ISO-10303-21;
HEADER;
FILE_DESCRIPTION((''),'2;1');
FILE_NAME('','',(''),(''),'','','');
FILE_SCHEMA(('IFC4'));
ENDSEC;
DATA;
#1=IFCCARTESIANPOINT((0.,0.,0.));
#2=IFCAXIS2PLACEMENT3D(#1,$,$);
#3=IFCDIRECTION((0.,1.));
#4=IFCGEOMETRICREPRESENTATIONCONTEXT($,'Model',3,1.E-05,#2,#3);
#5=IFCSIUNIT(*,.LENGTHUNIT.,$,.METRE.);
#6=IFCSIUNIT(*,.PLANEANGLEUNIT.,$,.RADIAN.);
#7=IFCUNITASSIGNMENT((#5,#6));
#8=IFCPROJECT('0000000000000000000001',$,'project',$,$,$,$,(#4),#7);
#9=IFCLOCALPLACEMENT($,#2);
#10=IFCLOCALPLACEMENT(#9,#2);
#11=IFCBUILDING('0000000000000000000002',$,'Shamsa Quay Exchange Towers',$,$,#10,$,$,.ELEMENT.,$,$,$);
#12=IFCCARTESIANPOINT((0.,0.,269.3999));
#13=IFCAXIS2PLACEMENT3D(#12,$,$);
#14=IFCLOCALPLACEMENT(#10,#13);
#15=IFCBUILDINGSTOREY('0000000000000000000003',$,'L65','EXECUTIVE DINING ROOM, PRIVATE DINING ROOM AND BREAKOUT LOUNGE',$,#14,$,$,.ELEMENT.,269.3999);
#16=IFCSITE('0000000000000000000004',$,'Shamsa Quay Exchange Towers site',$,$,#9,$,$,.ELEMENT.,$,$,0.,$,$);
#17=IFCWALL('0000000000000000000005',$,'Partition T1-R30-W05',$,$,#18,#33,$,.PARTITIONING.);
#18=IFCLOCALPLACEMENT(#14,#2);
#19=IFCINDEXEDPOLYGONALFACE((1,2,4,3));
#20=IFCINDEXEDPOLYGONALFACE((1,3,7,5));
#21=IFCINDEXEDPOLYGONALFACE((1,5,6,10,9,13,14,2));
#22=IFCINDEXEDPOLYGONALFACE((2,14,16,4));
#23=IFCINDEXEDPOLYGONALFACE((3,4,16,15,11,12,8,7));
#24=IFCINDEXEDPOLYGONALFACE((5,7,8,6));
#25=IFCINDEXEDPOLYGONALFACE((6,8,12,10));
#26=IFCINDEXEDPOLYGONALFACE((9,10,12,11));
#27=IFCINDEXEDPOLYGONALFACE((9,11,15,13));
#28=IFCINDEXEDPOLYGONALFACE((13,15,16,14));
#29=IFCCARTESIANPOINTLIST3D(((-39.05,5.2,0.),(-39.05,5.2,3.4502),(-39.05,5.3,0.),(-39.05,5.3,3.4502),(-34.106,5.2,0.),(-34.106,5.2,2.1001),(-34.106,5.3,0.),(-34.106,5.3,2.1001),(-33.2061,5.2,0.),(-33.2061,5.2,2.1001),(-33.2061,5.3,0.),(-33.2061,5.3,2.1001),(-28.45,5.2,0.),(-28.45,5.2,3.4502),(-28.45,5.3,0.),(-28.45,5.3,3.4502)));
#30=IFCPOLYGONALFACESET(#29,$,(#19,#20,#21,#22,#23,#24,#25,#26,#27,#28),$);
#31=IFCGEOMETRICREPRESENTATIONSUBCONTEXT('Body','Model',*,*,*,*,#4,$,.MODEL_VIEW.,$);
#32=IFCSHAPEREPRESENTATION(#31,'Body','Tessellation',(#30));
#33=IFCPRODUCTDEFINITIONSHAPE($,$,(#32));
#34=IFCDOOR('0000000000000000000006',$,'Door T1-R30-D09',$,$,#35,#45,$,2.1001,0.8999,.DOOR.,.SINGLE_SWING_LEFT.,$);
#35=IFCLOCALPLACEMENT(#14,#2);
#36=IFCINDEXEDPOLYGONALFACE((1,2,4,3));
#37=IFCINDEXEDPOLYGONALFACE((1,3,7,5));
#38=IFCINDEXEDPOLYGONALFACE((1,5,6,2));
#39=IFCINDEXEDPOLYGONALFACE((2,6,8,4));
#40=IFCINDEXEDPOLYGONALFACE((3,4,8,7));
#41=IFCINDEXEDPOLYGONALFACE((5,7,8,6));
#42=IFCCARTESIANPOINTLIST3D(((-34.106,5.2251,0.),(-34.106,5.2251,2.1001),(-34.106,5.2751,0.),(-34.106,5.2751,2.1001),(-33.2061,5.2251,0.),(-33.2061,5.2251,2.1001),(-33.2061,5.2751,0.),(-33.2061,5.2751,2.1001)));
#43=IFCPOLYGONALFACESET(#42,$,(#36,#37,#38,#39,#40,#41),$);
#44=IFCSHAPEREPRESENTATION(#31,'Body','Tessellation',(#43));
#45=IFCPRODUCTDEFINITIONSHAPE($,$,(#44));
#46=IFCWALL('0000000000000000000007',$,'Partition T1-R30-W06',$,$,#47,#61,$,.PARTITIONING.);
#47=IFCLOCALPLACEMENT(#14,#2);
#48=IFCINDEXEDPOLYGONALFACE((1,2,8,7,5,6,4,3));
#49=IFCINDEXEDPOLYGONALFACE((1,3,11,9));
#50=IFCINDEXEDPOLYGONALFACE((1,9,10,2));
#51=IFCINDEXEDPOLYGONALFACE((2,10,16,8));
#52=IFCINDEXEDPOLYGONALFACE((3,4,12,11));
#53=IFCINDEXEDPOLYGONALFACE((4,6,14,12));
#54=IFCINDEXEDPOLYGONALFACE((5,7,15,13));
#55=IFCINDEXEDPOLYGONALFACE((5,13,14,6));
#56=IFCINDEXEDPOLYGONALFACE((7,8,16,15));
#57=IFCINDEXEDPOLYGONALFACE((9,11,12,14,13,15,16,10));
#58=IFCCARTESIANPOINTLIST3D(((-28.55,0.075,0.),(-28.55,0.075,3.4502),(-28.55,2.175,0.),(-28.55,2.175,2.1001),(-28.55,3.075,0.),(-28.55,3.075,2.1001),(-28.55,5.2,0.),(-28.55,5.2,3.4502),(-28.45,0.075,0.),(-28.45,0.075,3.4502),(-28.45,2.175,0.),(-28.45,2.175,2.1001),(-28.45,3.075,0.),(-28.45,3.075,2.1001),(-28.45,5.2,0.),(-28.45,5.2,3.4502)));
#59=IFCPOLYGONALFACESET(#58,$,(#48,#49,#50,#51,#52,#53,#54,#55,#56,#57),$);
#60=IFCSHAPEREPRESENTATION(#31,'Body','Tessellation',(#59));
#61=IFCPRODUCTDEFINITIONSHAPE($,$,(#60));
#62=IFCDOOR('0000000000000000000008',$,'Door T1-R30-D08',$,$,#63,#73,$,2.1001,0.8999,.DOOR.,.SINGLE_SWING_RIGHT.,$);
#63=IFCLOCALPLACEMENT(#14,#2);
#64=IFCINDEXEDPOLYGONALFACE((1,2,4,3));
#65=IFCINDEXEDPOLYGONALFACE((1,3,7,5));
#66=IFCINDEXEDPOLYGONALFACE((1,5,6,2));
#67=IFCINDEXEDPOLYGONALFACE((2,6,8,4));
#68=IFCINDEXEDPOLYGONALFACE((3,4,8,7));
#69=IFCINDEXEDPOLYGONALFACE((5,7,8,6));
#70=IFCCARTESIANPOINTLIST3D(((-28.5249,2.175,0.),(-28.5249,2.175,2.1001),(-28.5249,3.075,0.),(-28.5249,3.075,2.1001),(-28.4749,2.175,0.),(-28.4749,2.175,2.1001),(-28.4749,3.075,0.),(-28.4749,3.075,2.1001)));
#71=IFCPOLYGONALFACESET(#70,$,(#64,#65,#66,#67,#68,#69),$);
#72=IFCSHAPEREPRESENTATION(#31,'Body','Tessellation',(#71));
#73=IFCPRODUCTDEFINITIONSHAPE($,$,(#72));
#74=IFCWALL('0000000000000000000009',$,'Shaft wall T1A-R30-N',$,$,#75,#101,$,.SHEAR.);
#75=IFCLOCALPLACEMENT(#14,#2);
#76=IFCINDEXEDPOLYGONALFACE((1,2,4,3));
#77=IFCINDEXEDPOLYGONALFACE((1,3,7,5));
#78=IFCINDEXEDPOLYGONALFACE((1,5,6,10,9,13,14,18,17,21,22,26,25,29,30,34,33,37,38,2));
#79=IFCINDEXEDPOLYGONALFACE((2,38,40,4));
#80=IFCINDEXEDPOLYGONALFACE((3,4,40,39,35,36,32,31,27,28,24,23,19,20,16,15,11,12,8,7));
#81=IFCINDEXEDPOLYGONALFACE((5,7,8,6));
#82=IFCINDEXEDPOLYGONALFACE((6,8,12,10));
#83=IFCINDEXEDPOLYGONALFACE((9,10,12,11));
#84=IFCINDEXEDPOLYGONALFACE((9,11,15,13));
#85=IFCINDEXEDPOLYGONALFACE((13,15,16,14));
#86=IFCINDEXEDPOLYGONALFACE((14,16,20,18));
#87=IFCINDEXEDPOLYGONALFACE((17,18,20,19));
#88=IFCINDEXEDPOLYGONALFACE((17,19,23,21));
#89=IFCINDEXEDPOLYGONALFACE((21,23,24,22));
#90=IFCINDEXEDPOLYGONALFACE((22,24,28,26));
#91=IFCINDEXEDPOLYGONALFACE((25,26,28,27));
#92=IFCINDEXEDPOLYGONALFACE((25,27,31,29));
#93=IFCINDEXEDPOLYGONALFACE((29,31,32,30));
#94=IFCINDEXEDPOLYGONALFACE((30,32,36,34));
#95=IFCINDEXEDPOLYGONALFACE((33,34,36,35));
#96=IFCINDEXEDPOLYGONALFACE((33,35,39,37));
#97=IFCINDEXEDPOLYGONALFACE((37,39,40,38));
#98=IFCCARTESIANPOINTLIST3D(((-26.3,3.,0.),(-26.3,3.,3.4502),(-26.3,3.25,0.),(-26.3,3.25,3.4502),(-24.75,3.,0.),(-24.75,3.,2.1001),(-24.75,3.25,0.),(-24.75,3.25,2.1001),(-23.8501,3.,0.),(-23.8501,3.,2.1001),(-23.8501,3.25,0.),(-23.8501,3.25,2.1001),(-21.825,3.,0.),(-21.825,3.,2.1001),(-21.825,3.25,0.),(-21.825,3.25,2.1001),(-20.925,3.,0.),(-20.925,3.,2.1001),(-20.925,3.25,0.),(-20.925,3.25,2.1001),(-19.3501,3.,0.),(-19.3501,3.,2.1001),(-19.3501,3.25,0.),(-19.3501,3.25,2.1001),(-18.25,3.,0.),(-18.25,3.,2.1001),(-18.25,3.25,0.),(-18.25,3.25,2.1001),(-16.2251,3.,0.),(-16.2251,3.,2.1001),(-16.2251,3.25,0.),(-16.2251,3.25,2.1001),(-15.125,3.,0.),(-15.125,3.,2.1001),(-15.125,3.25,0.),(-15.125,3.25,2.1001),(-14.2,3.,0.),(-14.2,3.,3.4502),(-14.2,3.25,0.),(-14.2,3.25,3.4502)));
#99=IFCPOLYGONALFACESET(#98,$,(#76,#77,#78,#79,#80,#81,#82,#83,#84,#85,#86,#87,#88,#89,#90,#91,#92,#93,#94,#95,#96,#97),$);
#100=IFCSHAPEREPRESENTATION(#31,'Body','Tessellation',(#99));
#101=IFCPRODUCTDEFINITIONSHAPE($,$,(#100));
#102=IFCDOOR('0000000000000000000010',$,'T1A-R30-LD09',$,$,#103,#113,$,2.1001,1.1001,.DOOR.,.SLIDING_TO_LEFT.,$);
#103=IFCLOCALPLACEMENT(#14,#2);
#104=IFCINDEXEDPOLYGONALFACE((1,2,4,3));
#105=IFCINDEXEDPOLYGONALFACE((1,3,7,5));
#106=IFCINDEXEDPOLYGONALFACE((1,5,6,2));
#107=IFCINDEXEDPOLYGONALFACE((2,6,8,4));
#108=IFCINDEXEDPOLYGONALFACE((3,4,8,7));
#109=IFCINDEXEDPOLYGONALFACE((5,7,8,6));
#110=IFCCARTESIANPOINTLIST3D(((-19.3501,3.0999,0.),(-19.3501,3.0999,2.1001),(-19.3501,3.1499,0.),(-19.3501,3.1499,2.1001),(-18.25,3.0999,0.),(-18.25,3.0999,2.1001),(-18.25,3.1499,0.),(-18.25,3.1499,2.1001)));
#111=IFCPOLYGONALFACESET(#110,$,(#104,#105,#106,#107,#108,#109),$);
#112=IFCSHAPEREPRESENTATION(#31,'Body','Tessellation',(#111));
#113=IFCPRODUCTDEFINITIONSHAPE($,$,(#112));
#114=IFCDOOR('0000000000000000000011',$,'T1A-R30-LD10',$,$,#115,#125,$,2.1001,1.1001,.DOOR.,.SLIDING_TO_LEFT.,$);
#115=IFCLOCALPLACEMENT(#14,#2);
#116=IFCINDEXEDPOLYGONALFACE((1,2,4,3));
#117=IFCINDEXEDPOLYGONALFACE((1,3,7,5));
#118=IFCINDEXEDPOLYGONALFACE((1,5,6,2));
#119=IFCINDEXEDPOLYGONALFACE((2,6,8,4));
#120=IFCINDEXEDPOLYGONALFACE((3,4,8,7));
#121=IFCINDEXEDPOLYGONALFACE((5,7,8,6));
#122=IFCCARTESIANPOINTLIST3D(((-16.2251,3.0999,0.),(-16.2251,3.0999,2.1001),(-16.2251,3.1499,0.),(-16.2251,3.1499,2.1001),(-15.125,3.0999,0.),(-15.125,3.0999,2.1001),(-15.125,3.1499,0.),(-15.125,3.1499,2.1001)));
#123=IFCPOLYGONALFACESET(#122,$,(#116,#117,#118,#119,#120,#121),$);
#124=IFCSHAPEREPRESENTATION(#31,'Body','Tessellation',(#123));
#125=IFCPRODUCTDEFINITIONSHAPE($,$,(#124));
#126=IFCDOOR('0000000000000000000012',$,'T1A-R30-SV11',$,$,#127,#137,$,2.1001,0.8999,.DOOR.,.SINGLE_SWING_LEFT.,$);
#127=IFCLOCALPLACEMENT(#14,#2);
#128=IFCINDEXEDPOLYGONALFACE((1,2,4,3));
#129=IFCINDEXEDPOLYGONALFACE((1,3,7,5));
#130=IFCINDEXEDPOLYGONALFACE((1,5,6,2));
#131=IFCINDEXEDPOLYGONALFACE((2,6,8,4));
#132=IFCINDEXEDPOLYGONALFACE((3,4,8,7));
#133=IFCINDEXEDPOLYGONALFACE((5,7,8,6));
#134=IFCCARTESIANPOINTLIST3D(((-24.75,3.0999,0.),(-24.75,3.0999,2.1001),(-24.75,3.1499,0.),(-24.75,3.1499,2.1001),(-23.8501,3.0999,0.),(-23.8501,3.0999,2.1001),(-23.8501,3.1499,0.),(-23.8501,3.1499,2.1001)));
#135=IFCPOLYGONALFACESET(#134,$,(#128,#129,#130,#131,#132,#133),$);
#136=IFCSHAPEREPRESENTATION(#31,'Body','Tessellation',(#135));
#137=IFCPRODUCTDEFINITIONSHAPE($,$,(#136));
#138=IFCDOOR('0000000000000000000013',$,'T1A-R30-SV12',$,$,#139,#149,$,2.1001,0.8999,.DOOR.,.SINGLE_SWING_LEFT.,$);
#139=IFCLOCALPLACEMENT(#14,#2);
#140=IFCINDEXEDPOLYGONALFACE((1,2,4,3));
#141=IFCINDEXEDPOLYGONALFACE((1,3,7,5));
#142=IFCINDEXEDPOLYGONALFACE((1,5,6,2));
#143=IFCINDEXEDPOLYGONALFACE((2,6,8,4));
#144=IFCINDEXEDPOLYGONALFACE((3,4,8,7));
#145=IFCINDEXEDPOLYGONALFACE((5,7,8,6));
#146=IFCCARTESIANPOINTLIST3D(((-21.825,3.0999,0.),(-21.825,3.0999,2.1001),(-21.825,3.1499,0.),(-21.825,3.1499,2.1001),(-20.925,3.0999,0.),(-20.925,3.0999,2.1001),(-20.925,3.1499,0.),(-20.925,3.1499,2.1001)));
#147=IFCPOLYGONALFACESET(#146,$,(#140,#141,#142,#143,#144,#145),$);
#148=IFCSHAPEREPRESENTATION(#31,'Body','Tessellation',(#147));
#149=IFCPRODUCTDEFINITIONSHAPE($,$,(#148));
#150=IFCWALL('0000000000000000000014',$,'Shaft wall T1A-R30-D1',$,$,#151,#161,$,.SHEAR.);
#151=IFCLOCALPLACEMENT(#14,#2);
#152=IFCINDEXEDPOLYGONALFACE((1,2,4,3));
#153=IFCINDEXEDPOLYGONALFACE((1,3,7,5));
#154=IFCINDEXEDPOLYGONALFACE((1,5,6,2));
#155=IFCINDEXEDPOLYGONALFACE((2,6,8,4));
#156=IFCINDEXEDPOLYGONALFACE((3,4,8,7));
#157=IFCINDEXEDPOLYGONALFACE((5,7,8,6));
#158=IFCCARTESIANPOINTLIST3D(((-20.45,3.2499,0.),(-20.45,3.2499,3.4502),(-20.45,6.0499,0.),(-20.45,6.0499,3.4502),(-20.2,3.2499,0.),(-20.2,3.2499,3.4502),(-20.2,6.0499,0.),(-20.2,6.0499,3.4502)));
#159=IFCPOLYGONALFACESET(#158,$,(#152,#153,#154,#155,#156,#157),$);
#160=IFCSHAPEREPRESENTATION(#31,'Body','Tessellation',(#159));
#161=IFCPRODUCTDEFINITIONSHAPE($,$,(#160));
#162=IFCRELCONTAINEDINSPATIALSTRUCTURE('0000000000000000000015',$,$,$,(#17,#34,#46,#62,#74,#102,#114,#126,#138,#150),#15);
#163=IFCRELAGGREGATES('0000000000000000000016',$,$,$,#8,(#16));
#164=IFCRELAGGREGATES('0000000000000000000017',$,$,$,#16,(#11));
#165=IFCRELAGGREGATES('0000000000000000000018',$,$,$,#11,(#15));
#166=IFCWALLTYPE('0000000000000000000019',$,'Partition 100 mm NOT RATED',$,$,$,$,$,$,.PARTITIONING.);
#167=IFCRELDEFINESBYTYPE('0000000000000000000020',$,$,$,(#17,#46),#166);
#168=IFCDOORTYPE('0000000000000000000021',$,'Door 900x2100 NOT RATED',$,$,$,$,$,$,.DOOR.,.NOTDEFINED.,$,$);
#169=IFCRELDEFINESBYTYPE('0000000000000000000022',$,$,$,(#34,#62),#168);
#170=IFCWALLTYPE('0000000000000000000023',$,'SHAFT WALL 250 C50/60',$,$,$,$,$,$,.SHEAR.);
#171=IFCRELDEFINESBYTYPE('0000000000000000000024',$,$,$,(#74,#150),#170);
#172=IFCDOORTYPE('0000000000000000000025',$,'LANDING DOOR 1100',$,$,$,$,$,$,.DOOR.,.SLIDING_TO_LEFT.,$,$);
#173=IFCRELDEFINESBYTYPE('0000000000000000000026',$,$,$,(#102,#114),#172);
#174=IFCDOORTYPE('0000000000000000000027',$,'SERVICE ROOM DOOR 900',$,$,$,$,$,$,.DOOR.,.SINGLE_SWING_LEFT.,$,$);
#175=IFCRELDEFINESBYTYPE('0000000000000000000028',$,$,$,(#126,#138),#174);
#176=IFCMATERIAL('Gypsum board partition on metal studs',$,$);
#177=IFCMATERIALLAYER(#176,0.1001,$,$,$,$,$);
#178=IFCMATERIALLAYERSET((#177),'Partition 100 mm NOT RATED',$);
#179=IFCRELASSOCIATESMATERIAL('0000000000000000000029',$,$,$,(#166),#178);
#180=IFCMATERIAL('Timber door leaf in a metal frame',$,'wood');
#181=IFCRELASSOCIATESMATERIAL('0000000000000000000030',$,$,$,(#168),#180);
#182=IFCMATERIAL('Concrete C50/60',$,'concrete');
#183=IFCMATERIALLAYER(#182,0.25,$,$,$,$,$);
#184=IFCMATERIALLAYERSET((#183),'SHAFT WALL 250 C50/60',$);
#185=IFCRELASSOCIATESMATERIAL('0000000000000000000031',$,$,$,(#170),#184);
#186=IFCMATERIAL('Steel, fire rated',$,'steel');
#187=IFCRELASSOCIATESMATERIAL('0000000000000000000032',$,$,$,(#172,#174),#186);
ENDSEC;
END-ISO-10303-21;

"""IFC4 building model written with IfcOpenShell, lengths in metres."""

from ifc_helpers import new_model, si_unit, direction, frame, frame_2d, origin, place, context, subcontext, project, spatial, rectangle, extrude, material, layer, layer_set, type_object, element, fill, save


model = new_model("IFC4")

# Units and contexts
model_context = context("Model", 3, precision=1e-05, world=origin(), true_north=direction((0.0, 1.0)))
body_context = subcontext(model_context, "Body", "Model", "MODEL_VIEW")
ifc_project = project(units=[si_unit("LENGTHUNIT", "METRE"), si_unit("PLANEANGLEUNIT", "RADIAN")], contexts=[model_context])

# Site, building, storey
site_placement = place(None, origin())
site = spatial("IfcSite", under=ifc_project, at=site_placement, Name="Shamsa Quay Exchange Towers site", CompositionType="ELEMENT", RefElevation=0.0)
building_placement = place(site_placement, origin())
building = spatial("IfcBuilding", under=site, at=building_placement, Name="Shamsa Quay Exchange Towers", CompositionType="ELEMENT")
storey_placement = place(building_placement, frame((0.0, 0.0, 269.3999)))
storey = spatial("IfcBuildingStorey", under=building, at=storey_placement, Name="L65", Description="EXECUTIVE DINING ROOM, PRIVATE DINING ROOM AND BREAKOUT LOUNGE", CompositionType="ELEMENT", Elevation=269.3999)

# Shared definitions
ifc_material_1 = material(Name="Steel, fire rated", Category="steel")

# Walls, openings, doors
ifc_material_2 = material(Name="Gypsum board partition on metal studs")
ifc_layer_1 = layer(ifc_material_2, 0.1001)
ifc_layer_set_1 = layer_set([ifc_layer_1], Name="Partition 100 mm NOT RATED")
wall_type_1 = type_object("IfcWallType", Name="Partition 100 mm NOT RATED", PredefinedType="PARTITIONING", material=ifc_layer_set_1)
wall_1_placement = place(storey_placement, frame((-28.45, 5.25, 0.0), z_axis=(0.0, 0.0, 1.0), x_axis=(-1.0, 0.0, 0.0)))
wall_1 = element("IfcWall", 1, at=wall_1_placement, inside=storey, type_object=wall_type_1, Name="Partition T1-R30-W05", PredefinedType="PARTITIONING", context=body_context, shape_type="SweptSolid", body=[
    extrude(rectangle(XDim=10.6001, YDim=0.1001, at=frame_2d((5.3, 0.0))), origin(), (0.0, 0.0, 1.0), 3.4502),
])
opening_1_placement = place(wall_1_placement, frame((4.7561, 0.0, 0.0)))
opening_1 = element("IfcOpeningElement", 2, at=opening_1_placement, cuts=wall_1, PredefinedType="OPENING", context=body_context, shape_type="SweptSolid", body=[
    extrude(rectangle(XDim=0.8999, YDim=2.1001, at=frame_2d((0.45, 1.05))), frame((0.0, 0.0601, 0.0), z_axis=(0.0, -1.0, 0.0), x_axis=(1.0, 0.0, 0.0)), (0.0, 0.0, 1.0), 0.1201),
])
ifc_material_3 = material(Name="Timber door leaf in a metal frame", Category="wood")
door_type_1 = type_object("IfcDoorType", Name="Door 900x2100 NOT RATED", OperationType="NOTDEFINED", PredefinedType="DOOR", material=ifc_material_3)
door_1_placement = place(opening_1_placement, origin())
door_1 = element("IfcDoor", 3, at=door_1_placement, inside=storey, type_object=door_type_1, Name="Door T1-R30-D09", OperationType="SINGLE_SWING_LEFT", OverallHeight=2.1001, OverallWidth=0.8999, PredefinedType="DOOR", context=body_context, shape_type="SweptSolid", body=[
    extrude(rectangle(XDim=0.8999, YDim=2.1001, at=frame_2d((0.45, 1.05))), frame((0.0, 0.0249, 0.0), z_axis=(0.0, -1.0, 0.0), x_axis=(1.0, 0.0, 0.0)), (0.0, 0.0, 1.0), 0.05),
])
fill(opening_1, door_1)
wall_2_placement = place(storey_placement, frame((-28.5, 0.075, 0.0), z_axis=(0.0, 0.0, 1.0), x_axis=(0.0, 1.0, 0.0)))
wall_2 = element("IfcWall", 4, at=wall_2_placement, inside=storey, type_object=wall_type_1, Name="Partition T1-R30-W06", PredefinedType="PARTITIONING", context=body_context, shape_type="SweptSolid", body=[
    extrude(rectangle(XDim=5.125, YDim=0.1001, at=frame_2d((2.5625, 0.0))), origin(), (0.0, 0.0, 1.0), 3.4502),
])
opening_2_placement = place(wall_2_placement, frame((2.1001, 0.0, 0.0)))
opening_2 = element("IfcOpeningElement", 5, at=opening_2_placement, cuts=wall_2, PredefinedType="OPENING", context=body_context, shape_type="SweptSolid", body=[
    extrude(rectangle(XDim=0.8999, YDim=2.1001, at=frame_2d((0.45, 1.05))), frame((0.0, 0.0601, 0.0), z_axis=(0.0, -1.0, 0.0), x_axis=(1.0, 0.0, 0.0)), (0.0, 0.0, 1.0), 0.1201),
])
door_2_placement = place(opening_2_placement, origin())
door_2 = element("IfcDoor", 6, at=door_2_placement, inside=storey, type_object=door_type_1, Name="Door T1-R30-D08", OperationType="SINGLE_SWING_RIGHT", OverallHeight=2.1001, OverallWidth=0.8999, PredefinedType="DOOR", context=body_context, shape_type="SweptSolid", body=[
    extrude(rectangle(XDim=0.8999, YDim=2.1001, at=frame_2d((0.45, 1.05))), frame((0.0, 0.0249, 0.0), z_axis=(0.0, -1.0, 0.0), x_axis=(1.0, 0.0, 0.0)), (0.0, 0.0, 1.0), 0.05),
])
fill(opening_2, door_2)

# Wall, openings, doors
ifc_material_4 = material(Name="Concrete C50/60", Category="concrete")
ifc_layer_2 = layer(ifc_material_4, 0.25)
ifc_layer_set_2 = layer_set([ifc_layer_2], Name="SHAFT WALL 250 C50/60")
wall_type_2 = type_object("IfcWallType", Name="SHAFT WALL 250 C50/60", PredefinedType="SHEAR", material=ifc_layer_set_2)
wall_3_placement = place(storey_placement, frame((-26.3, 3.125, 0.0)))
wall_3 = element("IfcWall", 7, at=wall_3_placement, inside=storey, type_object=wall_type_2, Name="Shaft wall T1A-R30-N", PredefinedType="SHEAR", context=body_context, shape_type="SweptSolid", body=[
    extrude(rectangle(XDim=12.1001, YDim=0.25, at=frame_2d((6.05, 0.0))), origin(), (0.0, 0.0, 1.0), 3.4502),
])
opening_3_placement = place(wall_3_placement, frame((6.95, 0.0, 0.0)))
opening_3 = element("IfcOpeningElement", 8, at=opening_3_placement, cuts=wall_3, PredefinedType="OPENING", context=body_context, shape_type="SweptSolid", body=[
    extrude(rectangle(XDim=1.1001, YDim=2.1001, at=frame_2d((0.55, 1.05))), frame((0.0, 0.135, 0.0), z_axis=(0.0, -1.0, 0.0), x_axis=(1.0, 0.0, 0.0)), (0.0, 0.0, 1.0), 0.27),
])
opening_4_placement = place(wall_3_placement, frame((10.075, 0.0, 0.0)))
opening_4 = element("IfcOpeningElement", 9, at=opening_4_placement, cuts=wall_3, PredefinedType="OPENING", context=body_context, shape_type="SweptSolid", body=[
    extrude(rectangle(XDim=1.1001, YDim=2.1001, at=frame_2d((0.55, 1.05))), frame((0.0, 0.135, 0.0), z_axis=(0.0, -1.0, 0.0), x_axis=(1.0, 0.0, 0.0)), (0.0, 0.0, 1.0), 0.27),
])
opening_5_placement = place(wall_3_placement, frame((1.55, 0.0, 0.0)))
opening_5 = element("IfcOpeningElement", 10, at=opening_5_placement, cuts=wall_3, PredefinedType="OPENING", context=body_context, shape_type="SweptSolid", body=[
    extrude(rectangle(XDim=0.8999, YDim=2.1001, at=frame_2d((0.45, 1.05))), frame((0.0, 0.135, 0.0), z_axis=(0.0, -1.0, 0.0), x_axis=(1.0, 0.0, 0.0)), (0.0, 0.0, 1.0), 0.27),
])
opening_6_placement = place(wall_3_placement, frame((4.4751, 0.0, 0.0)))
opening_6 = element("IfcOpeningElement", 11, at=opening_6_placement, cuts=wall_3, PredefinedType="OPENING", context=body_context, shape_type="SweptSolid", body=[
    extrude(rectangle(XDim=0.8999, YDim=2.1001, at=frame_2d((0.45, 1.05))), frame((0.0, 0.135, 0.0), z_axis=(0.0, -1.0, 0.0), x_axis=(1.0, 0.0, 0.0)), (0.0, 0.0, 1.0), 0.27),
])
door_type_2 = type_object("IfcDoorType", Name="LANDING DOOR 1100", OperationType="SLIDING_TO_LEFT", PredefinedType="DOOR", material=ifc_material_1)
door_3_placement = place(opening_3_placement, origin())
door_3 = element("IfcDoor", 12, at=door_3_placement, inside=storey, type_object=door_type_2, Name="T1A-R30-LD09", OperationType="SLIDING_TO_LEFT", OverallHeight=2.1001, OverallWidth=1.1001, PredefinedType="DOOR", context=body_context, shape_type="SweptSolid", body=[
    extrude(rectangle(XDim=1.1001, YDim=2.1001, at=frame_2d((0.55, 1.05))), frame((0.0, 0.0249, 0.0), z_axis=(0.0, -1.0, 0.0), x_axis=(1.0, 0.0, 0.0)), (0.0, 0.0, 1.0), 0.05),
])
fill(opening_3, door_3)
door_4_placement = place(opening_4_placement, origin())
door_4 = element("IfcDoor", 13, at=door_4_placement, inside=storey, type_object=door_type_2, Name="T1A-R30-LD10", OperationType="SLIDING_TO_LEFT", OverallHeight=2.1001, OverallWidth=1.1001, PredefinedType="DOOR", context=body_context, shape_type="SweptSolid", body=[
    extrude(rectangle(XDim=1.1001, YDim=2.1001, at=frame_2d((0.55, 1.05))), frame((0.0, 0.0249, 0.0), z_axis=(0.0, -1.0, 0.0), x_axis=(1.0, 0.0, 0.0)), (0.0, 0.0, 1.0), 0.05),
])
fill(opening_4, door_4)
door_type_3 = type_object("IfcDoorType", Name="SERVICE ROOM DOOR 900", OperationType="SINGLE_SWING_LEFT", PredefinedType="DOOR", material=ifc_material_1)
door_5_placement = place(opening_5_placement, origin())
door_5 = element("IfcDoor", 14, at=door_5_placement, inside=storey, type_object=door_type_3, Name="T1A-R30-SV11", OperationType="SINGLE_SWING_LEFT", OverallHeight=2.1001, OverallWidth=0.8999, PredefinedType="DOOR", context=body_context, shape_type="SweptSolid", body=[
    extrude(rectangle(XDim=0.8999, YDim=2.1001, at=frame_2d((0.45, 1.05))), frame((0.0, 0.0249, 0.0), z_axis=(0.0, -1.0, 0.0), x_axis=(1.0, 0.0, 0.0)), (0.0, 0.0, 1.0), 0.05),
])
fill(opening_5, door_5)
door_6_placement = place(opening_6_placement, origin())
door_6 = element("IfcDoor", 15, at=door_6_placement, inside=storey, type_object=door_type_3, Name="T1A-R30-SV12", OperationType="SINGLE_SWING_LEFT", OverallHeight=2.1001, OverallWidth=0.8999, PredefinedType="DOOR", context=body_context, shape_type="SweptSolid", body=[
    extrude(rectangle(XDim=0.8999, YDim=2.1001, at=frame_2d((0.45, 1.05))), frame((0.0, 0.0249, 0.0), z_axis=(0.0, -1.0, 0.0), x_axis=(1.0, 0.0, 0.0)), (0.0, 0.0, 1.0), 0.05),
])
fill(opening_6, door_6)

# Wall
wall_4_placement = place(storey_placement, frame((-20.325, 3.25, 0.0), z_axis=(0.0, 0.0, 1.0), x_axis=(0.0, 1.0, 0.0)))
element("IfcWall", 16, at=wall_4_placement, inside=storey, type_object=wall_type_2, Name="Shaft wall T1A-R30-D1", PredefinedType="SHEAR", context=body_context, shape_type="SweptSolid", body=[
    extrude(rectangle(XDim=2.8, YDim=0.25, at=frame_2d((1.3999, 0.0))), origin(), (0.0, 0.0, 1.0), 3.4502),
])

save(model, "model.ifc")
